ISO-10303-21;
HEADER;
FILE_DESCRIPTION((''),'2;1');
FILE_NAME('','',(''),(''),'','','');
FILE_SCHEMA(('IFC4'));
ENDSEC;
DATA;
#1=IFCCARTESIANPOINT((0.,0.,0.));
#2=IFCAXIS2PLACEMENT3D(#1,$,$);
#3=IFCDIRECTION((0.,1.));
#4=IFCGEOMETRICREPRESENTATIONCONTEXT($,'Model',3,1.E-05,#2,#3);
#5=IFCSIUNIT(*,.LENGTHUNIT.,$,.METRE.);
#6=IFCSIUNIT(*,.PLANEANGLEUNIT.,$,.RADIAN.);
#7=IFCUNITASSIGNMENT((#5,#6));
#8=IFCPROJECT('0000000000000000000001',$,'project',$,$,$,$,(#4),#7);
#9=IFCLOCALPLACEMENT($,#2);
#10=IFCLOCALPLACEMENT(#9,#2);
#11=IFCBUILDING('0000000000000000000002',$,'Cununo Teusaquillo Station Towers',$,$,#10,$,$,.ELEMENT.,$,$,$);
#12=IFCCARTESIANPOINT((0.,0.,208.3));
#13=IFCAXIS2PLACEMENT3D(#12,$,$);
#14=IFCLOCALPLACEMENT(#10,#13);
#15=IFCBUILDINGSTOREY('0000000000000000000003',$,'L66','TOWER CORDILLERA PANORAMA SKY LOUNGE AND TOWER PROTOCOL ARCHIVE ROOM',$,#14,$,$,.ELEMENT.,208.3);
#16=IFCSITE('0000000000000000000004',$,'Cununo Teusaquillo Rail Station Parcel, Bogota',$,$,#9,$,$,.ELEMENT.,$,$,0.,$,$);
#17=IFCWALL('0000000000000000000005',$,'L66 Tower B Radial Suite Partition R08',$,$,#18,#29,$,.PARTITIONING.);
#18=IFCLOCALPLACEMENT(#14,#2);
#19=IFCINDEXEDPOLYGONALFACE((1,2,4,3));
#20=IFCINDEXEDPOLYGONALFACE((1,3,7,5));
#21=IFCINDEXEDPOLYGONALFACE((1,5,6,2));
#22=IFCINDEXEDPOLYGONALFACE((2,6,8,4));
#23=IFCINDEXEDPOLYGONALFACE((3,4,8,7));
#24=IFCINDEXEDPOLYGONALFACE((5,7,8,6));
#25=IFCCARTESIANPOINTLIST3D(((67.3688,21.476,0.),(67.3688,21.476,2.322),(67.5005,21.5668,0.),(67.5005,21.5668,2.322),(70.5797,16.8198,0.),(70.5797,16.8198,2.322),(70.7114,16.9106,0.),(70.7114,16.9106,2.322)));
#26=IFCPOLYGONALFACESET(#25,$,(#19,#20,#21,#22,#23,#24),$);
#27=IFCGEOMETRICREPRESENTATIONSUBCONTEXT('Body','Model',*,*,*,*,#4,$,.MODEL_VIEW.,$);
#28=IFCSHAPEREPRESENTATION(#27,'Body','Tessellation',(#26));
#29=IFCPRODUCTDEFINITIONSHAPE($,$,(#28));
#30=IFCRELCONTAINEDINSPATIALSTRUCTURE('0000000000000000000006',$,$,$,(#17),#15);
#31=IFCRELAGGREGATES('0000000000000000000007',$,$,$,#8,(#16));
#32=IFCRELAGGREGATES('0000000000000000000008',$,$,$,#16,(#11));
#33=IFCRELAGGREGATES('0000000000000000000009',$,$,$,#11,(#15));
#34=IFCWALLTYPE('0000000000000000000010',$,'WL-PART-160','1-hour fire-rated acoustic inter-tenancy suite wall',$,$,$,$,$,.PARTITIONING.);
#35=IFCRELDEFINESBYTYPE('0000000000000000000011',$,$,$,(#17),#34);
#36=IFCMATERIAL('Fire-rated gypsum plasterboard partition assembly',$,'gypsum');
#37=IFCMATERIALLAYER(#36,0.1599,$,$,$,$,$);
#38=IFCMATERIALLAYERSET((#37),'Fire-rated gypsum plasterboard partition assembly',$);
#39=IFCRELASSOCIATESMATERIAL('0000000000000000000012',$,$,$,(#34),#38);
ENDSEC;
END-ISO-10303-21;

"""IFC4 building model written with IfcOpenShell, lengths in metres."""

from ifc_helpers import new_model, si_unit, direction, frame, frame_2d, origin, place, context, subcontext, project, spatial, rectangle, extrude, material, layer, layer_set, type_object, element, save


model = new_model("IFC4")

# Units and contexts
model_context = context("Model", 3, precision=1e-05, world=origin(), true_north=direction((0.0, 1.0)))
body_context = subcontext(model_context, "Body", "Model", "MODEL_VIEW")
ifc_project = project(units=[si_unit("LENGTHUNIT", "METRE"), si_unit("PLANEANGLEUNIT", "RADIAN")], contexts=[model_context])

# Site, building, storey
site_placement = place(None, origin())
site = spatial("IfcSite", under=ifc_project, at=site_placement, Name="Cununo Teusaquillo Rail Station Parcel, Bogota", CompositionType="ELEMENT", RefElevation=0.0)
building_placement = place(site_placement, origin())
building = spatial("IfcBuilding", under=site, at=building_placement, Name="Cununo Teusaquillo Station Towers", CompositionType="ELEMENT")
storey_placement = place(building_placement, frame((0.0, 0.0, 208.3)))
storey = spatial("IfcBuildingStorey", under=building, at=storey_placement, Name="L66", Description="TOWER CORDILLERA PANORAMA SKY LOUNGE AND TOWER PROTOCOL ARCHIVE ROOM", CompositionType="ELEMENT", Elevation=208.3)

# Wall
ifc_material_1 = material(Name="Fire-rated gypsum plasterboard partition assembly", Category="gypsum")
ifc_layer_1 = layer(ifc_material_1, 0.1599)
ifc_layer_set_1 = layer_set([ifc_layer_1], Name="Fire-rated gypsum plasterboard partition assembly")
wall_type_1 = type_object("IfcWallType", Name="WL-PART-160", Description="1-hour fire-rated acoustic inter-tenancy suite wall", PredefinedType="PARTITIONING", material=ifc_layer_set_1)
wall_1_placement = place(storey_placement, frame((67.4346, 21.5215, 0.0), z_axis=(0.0, 0.0, 1.0), x_axis=(0.567701, -0.823235, 0.0)))
element("IfcWall", 1, at=wall_1_placement, inside=storey, type_object=wall_type_1, Name="L66 Tower B Radial Suite Partition R08", PredefinedType="PARTITIONING", context=body_context, shape_type="SweptSolid", body=[
    extrude(rectangle(XDim=5.656, YDim=0.1599, at=frame_2d((2.8281, 0.0))), origin(), (0.0, 0.0, 1.0), 2.322),
])

save(model, "model.ifc")
